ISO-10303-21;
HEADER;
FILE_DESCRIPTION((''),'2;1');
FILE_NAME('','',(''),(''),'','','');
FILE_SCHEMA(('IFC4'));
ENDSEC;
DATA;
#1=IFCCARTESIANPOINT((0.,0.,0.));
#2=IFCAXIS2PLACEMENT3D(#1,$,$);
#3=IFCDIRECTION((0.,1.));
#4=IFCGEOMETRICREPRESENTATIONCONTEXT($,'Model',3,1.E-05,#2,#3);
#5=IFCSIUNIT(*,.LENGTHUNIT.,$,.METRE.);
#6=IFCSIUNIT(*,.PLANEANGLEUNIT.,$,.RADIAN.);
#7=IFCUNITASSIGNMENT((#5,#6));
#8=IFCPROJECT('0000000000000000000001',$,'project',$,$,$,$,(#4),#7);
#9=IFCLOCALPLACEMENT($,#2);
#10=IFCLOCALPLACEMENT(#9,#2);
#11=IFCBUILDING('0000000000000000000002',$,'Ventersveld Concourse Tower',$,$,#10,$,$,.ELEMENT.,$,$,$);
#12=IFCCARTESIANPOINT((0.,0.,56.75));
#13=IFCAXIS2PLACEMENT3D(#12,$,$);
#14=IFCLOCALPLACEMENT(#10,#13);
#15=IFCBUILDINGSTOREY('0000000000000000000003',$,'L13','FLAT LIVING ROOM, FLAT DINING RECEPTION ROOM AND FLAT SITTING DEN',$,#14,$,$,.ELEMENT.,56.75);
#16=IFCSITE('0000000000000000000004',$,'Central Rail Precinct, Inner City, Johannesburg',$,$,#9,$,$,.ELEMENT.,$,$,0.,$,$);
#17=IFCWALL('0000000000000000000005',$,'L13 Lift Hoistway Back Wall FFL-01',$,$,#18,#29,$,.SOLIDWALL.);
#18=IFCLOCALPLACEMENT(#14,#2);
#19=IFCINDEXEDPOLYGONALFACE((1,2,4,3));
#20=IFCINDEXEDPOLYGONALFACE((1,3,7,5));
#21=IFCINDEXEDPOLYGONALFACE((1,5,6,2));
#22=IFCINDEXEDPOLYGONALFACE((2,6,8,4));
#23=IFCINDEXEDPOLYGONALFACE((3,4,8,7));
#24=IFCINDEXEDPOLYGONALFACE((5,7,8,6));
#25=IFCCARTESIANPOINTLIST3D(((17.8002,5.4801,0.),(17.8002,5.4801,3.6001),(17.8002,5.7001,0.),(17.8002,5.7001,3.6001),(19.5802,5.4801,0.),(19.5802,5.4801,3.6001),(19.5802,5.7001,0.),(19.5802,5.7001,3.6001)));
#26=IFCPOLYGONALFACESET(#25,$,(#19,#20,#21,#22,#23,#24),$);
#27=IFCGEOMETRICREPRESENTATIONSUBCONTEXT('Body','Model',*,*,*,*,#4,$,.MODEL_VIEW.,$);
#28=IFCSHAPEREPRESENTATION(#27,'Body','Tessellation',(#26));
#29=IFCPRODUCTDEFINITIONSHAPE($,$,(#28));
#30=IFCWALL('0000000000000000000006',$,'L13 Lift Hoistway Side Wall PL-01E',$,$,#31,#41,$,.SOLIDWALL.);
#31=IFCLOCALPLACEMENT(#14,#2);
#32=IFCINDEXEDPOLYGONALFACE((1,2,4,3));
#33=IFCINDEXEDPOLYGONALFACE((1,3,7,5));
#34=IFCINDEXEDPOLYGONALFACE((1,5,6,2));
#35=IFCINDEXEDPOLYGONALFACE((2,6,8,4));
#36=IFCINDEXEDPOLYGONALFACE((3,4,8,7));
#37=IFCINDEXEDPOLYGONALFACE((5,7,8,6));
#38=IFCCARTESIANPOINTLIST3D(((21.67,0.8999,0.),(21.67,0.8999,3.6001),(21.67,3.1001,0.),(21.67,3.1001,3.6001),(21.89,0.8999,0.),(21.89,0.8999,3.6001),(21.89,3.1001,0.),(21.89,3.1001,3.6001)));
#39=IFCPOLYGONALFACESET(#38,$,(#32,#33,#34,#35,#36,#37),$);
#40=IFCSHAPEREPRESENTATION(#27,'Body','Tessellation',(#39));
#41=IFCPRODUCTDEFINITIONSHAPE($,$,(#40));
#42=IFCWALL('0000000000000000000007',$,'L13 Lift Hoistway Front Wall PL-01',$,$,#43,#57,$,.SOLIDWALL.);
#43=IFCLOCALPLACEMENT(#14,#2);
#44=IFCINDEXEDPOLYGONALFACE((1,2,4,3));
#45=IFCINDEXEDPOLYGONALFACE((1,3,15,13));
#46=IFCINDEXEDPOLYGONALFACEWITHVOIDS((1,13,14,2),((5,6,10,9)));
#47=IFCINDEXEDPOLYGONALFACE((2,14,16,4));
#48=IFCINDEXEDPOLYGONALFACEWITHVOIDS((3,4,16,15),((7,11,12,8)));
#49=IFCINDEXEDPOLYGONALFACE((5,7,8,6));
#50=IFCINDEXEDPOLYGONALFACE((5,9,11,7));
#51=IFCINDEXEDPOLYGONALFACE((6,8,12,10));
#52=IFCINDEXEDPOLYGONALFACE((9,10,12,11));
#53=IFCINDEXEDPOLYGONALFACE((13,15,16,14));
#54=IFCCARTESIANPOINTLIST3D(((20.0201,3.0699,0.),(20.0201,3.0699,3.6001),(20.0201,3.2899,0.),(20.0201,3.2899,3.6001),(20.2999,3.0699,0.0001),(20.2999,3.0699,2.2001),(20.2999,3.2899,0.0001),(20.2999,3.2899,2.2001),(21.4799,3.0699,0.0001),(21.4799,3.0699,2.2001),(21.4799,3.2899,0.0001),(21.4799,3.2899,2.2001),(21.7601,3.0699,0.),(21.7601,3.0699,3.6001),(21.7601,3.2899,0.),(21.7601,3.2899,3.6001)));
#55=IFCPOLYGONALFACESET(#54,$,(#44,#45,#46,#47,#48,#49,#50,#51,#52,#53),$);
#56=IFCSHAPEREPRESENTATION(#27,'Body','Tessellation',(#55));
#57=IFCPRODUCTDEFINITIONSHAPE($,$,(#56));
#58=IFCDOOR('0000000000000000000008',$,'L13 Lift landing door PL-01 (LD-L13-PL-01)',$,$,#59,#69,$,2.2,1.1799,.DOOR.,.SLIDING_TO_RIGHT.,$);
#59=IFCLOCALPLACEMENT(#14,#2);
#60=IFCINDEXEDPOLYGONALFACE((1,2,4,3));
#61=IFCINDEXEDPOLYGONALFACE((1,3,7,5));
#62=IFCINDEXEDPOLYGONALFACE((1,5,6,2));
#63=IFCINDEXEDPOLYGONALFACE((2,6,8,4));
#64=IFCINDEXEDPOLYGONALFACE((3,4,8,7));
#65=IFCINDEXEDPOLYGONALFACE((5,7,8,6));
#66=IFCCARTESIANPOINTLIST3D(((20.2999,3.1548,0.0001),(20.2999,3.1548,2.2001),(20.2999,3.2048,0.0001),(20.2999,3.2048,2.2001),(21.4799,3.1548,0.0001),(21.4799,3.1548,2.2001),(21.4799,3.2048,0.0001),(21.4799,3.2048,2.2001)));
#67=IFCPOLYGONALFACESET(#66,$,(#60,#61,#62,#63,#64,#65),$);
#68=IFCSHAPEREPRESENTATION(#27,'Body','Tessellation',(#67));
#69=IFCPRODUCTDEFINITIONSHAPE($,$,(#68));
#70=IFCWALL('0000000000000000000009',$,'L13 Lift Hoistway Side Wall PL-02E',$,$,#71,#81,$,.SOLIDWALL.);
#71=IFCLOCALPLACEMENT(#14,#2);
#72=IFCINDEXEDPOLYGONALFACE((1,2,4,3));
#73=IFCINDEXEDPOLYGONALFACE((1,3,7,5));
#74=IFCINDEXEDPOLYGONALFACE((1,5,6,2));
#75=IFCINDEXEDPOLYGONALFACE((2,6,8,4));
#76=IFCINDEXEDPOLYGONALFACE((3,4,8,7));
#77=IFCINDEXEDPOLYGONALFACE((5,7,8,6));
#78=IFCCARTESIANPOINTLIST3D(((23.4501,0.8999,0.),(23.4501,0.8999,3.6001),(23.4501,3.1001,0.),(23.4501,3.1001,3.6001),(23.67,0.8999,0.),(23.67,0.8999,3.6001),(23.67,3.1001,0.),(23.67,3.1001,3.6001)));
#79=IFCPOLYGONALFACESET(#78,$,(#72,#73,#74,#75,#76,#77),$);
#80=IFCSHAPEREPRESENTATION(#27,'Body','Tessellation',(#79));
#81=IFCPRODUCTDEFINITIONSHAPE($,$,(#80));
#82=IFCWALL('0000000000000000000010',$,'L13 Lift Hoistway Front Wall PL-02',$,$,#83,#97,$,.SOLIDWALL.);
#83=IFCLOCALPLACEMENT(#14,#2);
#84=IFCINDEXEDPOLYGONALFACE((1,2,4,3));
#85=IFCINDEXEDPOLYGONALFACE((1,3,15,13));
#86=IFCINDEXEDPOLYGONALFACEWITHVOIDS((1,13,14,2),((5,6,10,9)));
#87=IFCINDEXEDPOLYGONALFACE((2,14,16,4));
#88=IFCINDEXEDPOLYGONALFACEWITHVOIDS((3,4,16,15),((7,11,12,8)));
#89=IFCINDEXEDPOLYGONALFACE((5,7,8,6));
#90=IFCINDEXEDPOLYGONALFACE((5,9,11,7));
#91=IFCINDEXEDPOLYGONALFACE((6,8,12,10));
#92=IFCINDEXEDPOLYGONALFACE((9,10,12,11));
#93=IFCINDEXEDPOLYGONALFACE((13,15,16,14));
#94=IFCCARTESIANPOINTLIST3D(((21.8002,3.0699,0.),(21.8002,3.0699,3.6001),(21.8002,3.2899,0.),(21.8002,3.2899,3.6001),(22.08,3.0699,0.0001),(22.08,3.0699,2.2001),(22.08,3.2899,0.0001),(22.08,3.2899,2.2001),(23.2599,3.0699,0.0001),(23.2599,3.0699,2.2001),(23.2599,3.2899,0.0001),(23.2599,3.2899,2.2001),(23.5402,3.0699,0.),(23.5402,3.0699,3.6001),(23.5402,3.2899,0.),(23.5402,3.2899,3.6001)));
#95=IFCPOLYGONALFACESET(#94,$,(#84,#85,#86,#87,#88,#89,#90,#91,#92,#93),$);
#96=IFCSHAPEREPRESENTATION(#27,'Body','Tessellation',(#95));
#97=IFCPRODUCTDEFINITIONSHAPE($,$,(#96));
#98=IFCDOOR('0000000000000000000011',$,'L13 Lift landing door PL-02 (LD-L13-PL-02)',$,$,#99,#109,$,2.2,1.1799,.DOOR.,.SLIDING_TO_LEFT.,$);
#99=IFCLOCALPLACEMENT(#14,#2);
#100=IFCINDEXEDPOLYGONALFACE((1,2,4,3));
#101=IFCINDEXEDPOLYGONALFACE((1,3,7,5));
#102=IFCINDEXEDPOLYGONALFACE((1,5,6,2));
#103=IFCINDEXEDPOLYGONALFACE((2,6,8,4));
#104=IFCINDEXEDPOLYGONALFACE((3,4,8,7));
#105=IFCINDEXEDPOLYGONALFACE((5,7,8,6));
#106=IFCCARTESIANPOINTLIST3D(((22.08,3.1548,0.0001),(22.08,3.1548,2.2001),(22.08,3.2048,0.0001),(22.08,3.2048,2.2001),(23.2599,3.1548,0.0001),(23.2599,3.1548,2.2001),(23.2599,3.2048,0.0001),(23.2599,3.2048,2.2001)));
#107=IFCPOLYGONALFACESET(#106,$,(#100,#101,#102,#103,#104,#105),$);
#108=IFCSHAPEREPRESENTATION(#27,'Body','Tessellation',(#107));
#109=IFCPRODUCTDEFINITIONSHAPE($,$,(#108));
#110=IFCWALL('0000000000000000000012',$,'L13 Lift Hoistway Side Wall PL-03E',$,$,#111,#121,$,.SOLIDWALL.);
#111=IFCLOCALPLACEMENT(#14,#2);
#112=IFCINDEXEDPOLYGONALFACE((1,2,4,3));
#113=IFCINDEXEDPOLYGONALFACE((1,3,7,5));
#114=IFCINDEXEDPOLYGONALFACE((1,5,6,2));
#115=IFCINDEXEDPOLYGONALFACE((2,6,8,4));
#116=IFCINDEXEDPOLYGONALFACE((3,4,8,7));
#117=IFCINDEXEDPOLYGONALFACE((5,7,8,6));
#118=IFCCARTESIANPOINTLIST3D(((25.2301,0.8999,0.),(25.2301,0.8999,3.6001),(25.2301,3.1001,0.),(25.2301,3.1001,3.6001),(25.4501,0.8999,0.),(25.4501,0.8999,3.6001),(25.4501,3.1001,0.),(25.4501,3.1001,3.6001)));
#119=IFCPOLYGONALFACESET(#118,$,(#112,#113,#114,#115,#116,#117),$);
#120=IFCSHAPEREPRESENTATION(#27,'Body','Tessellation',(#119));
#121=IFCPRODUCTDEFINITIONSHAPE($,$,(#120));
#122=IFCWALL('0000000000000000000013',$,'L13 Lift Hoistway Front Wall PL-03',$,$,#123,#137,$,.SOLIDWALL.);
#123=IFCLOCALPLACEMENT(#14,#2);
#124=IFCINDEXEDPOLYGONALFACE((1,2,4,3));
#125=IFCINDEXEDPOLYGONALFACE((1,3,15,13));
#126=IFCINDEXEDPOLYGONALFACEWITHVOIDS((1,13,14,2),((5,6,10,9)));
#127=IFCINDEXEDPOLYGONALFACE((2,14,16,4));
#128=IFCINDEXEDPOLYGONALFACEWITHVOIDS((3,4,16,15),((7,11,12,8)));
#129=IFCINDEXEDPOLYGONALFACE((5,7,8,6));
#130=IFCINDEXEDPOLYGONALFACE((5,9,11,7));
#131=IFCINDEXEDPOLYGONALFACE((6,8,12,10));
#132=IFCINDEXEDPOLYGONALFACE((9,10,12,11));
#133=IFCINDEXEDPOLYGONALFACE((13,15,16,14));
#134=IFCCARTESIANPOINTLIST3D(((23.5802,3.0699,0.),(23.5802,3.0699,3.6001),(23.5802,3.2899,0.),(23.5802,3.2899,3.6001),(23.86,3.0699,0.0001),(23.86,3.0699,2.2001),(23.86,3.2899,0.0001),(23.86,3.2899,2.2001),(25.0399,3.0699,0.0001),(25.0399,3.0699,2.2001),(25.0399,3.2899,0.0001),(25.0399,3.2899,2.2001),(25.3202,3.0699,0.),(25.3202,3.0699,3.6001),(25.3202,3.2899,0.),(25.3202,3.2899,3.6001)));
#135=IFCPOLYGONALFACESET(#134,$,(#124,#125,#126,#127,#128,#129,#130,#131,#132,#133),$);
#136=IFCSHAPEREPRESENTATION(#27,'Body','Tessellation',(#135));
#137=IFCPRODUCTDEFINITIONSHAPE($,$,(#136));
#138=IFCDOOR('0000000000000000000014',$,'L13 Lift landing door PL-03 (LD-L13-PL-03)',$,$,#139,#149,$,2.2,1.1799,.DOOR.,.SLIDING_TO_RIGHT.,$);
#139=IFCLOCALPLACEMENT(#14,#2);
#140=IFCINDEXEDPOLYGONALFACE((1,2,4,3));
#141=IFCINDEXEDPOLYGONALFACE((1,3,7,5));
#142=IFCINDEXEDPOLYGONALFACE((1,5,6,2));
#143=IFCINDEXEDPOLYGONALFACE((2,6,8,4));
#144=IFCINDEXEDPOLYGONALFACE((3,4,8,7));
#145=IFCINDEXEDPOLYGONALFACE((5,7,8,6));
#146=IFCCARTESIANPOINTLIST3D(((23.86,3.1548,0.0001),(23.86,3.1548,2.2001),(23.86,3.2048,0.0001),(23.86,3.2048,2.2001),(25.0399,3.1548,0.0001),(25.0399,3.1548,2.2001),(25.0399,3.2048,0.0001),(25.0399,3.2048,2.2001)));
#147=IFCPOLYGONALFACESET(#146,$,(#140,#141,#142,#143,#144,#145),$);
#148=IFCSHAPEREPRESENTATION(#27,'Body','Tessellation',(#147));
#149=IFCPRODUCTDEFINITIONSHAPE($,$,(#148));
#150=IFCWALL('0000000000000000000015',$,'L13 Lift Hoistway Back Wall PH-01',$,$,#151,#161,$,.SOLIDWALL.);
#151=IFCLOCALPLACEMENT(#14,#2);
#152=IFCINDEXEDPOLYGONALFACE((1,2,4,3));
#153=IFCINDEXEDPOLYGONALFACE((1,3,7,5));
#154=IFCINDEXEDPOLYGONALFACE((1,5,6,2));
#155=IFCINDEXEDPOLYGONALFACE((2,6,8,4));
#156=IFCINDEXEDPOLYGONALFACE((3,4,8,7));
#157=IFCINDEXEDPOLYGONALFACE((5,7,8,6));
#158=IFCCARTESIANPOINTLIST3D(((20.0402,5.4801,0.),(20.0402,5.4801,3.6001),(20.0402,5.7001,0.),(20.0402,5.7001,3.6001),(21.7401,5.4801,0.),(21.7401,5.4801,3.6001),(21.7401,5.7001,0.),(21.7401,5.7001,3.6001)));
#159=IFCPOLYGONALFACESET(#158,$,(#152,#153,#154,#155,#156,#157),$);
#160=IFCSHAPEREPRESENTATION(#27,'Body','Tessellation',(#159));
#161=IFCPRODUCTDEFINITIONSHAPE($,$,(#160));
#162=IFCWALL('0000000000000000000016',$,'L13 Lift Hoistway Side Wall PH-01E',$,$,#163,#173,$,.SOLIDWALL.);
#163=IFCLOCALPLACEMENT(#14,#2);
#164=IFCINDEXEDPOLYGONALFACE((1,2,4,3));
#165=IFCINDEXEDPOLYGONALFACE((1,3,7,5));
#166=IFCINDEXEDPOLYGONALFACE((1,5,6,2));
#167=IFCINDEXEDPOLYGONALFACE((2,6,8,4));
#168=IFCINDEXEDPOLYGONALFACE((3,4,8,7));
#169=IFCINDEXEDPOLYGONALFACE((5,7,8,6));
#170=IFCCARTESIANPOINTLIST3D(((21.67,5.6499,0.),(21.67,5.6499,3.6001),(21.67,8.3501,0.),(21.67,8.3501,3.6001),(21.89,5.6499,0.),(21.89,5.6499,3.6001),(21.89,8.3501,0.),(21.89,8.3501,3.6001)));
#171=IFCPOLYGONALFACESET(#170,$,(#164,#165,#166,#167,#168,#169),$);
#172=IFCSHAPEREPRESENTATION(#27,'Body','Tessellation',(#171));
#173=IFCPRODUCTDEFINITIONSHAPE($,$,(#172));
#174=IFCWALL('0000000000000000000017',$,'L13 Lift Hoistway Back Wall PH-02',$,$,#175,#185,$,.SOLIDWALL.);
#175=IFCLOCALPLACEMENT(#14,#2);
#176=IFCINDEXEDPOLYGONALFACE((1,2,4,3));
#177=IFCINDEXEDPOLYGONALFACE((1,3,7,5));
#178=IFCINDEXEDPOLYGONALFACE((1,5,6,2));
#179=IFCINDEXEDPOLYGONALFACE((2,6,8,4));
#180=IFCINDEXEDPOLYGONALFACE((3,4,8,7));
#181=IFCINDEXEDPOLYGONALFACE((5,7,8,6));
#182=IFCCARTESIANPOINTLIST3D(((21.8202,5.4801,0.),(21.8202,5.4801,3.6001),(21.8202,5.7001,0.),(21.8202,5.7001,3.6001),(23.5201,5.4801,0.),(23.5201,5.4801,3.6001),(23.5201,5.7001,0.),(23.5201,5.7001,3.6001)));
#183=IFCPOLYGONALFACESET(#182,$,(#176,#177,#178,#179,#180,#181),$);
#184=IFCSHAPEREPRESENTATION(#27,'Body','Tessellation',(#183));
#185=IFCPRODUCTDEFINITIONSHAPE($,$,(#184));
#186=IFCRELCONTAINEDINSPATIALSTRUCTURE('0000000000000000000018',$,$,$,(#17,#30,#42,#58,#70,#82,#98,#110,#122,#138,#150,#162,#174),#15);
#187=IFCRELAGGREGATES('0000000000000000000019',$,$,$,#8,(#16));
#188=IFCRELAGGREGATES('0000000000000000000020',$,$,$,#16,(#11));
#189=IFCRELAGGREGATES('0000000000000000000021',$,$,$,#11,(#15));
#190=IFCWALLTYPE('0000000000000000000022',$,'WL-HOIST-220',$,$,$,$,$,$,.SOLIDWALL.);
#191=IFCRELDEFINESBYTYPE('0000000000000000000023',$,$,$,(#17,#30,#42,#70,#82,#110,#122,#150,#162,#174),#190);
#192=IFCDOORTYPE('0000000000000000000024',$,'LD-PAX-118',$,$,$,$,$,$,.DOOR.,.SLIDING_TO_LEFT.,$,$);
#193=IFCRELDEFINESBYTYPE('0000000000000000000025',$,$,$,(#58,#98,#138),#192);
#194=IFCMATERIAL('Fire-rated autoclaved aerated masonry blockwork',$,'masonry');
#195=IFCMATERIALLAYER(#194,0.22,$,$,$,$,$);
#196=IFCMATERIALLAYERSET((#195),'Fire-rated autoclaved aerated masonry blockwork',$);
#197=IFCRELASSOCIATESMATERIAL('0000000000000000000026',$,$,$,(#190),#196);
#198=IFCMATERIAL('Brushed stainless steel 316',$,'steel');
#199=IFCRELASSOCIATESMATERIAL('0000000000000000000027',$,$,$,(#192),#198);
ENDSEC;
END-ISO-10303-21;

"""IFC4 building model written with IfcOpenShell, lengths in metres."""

from ifc_helpers import new_model, si_unit, direction, frame, frame_2d, origin, place, context, subcontext, project, spatial, rectangle, extrude, material, layer, layer_set, type_object, element, fill, save


model = new_model("IFC4")

# Units and contexts
model_context = context("Model", 3, precision=1e-05, world=origin(), true_north=direction((0.0, 1.0)))
body_context = subcontext(model_context, "Body", "Model", "MODEL_VIEW")
ifc_project = project(units=[si_unit("LENGTHUNIT", "METRE"), si_unit("PLANEANGLEUNIT", "RADIAN")], contexts=[model_context])

# Site, building, storey
site_placement = place(None, origin())
site = spatial("IfcSite", under=ifc_project, at=site_placement, Name="Central Rail Precinct, Inner City, Johannesburg", CompositionType="ELEMENT", RefElevation=0.0)
building_placement = place(site_placement, origin())
building = spatial("IfcBuilding", under=site, at=building_placement, Name="Ventersveld Concourse Tower", CompositionType="ELEMENT")
storey_placement = place(building_placement, frame((0.0, 0.0, 56.75)))
storey = spatial("IfcBuildingStorey", under=building, at=storey_placement, Name="L13", Description="FLAT LIVING ROOM, FLAT DINING RECEPTION ROOM AND FLAT SITTING DEN", CompositionType="ELEMENT", Elevation=56.75)

# Walls
ifc_material_1 = material(Name="Fire-rated autoclaved aerated masonry blockwork", Category="masonry")
ifc_layer_1 = layer(ifc_material_1, 0.22)
ifc_layer_set_1 = layer_set([ifc_layer_1], Name="Fire-rated autoclaved aerated masonry blockwork")
wall_type_1 = type_object("IfcWallType", Name="WL-HOIST-220", PredefinedType="SOLIDWALL", material=ifc_layer_set_1)
wall_1_placement = place(storey_placement, frame((17.8, 5.5901, 0.0), z_axis=(0.0, 0.0, 1.0), x_axis=(1.0, 0.0, 0.0)))
element("IfcWall", 1, at=wall_1_placement, inside=storey, type_object=wall_type_1, Name="L13 Lift Hoistway Back Wall FFL-01", PredefinedType="SOLIDWALL", context=body_context, shape_type="SweptSolid", body=[
    extrude(rectangle(XDim=1.78, YDim=0.22, at=frame_2d((0.8901, 0.0))), origin(), (0.0, 0.0, 1.0), 3.6001),
])
wall_2_placement = place(storey_placement, frame((21.78, 0.8999, 0.0), z_axis=(0.0, 0.0, 1.0), x_axis=(0.0, 1.0, 0.0)))
element("IfcWall", 2, at=wall_2_placement, inside=storey, type_object=wall_type_1, Name="L13 Lift Hoistway Side Wall PL-01E", PredefinedType="SOLIDWALL", context=body_context, shape_type="SweptSolid", body=[
    extrude(rectangle(XDim=2.2002, YDim=0.22, at=frame_2d((1.1001, 0.0))), origin(), (0.0, 0.0, 1.0), 3.6001),
])

# Wall, opening, door
wall_3_placement = place(storey_placement, frame((20.02, 3.1799, 0.0), z_axis=(0.0, 0.0, 1.0), x_axis=(1.0, 0.0, 0.0)))
wall_3 = element("IfcWall", 3, at=wall_3_placement, inside=storey, type_object=wall_type_1, Name="L13 Lift Hoistway Front Wall PL-01", PredefinedType="SOLIDWALL", context=body_context, shape_type="SweptSolid", body=[
    extrude(rectangle(XDim=1.74, YDim=0.22, at=frame_2d((0.8701, 0.0))), origin(), (0.0, 0.0, 1.0), 3.6001),
])
opening_1_placement = place(wall_3_placement, frame((0.28, 0.0, 0.0)))
opening_1 = element("IfcOpeningElement", 4, at=opening_1_placement, cuts=wall_3, PredefinedType="OPENING", context=body_context, shape_type="SweptSolid", body=[
    extrude(rectangle(XDim=1.1799, YDim=2.2, at=frame_2d((0.5898, 1.1001))), frame((0.0, 0.1201, 0.0), z_axis=(0.0, -1.0, 0.0), x_axis=(1.0, 0.0, 0.0)), (0.0, 0.0, 1.0), 0.24),
])
ifc_material_2 = material(Name="Brushed stainless steel 316", Category="steel")
door_type = type_object("IfcDoorType", Name="LD-PAX-118", OperationType="SLIDING_TO_LEFT", PredefinedType="DOOR", material=ifc_material_2)
door_1_placement = place(opening_1_placement, origin())
door_1 = element("IfcDoor", 5, at=door_1_placement, inside=storey, type_object=door_type, Name="L13 Lift landing door PL-01 (LD-L13-PL-01)", OperationType="SLIDING_TO_RIGHT", OverallHeight=2.2, OverallWidth=1.1799, PredefinedType="DOOR", context=body_context, shape_type="SweptSolid", body=[
    extrude(rectangle(XDim=1.1799, YDim=2.2, at=frame_2d((0.5898, 1.1001))), frame((0.0, 0.0249, 0.0), z_axis=(0.0, -1.0, 0.0), x_axis=(1.0, 0.0, 0.0)), (0.0, 0.0, 1.0), 0.05),
])
fill(opening_1, door_1)

# Wall
wall_4_placement = place(storey_placement, frame((23.5601, 0.8999, 0.0), z_axis=(0.0, 0.0, 1.0), x_axis=(0.0, 1.0, 0.0)))
element("IfcWall", 6, at=wall_4_placement, inside=storey, type_object=wall_type_1, Name="L13 Lift Hoistway Side Wall PL-02E", PredefinedType="SOLIDWALL", context=body_context, shape_type="SweptSolid", body=[
    extrude(rectangle(XDim=2.2002, YDim=0.22, at=frame_2d((1.1001, 0.0))), origin(), (0.0, 0.0, 1.0), 3.6001),
])

# Wall, opening, door
wall_5_placement = place(storey_placement, frame((21.8, 3.1799, 0.0), z_axis=(0.0, 0.0, 1.0), x_axis=(1.0, 0.0, 0.0)))
wall_5 = element("IfcWall", 7, at=wall_5_placement, inside=storey, type_object=wall_type_1, Name="L13 Lift Hoistway Front Wall PL-02", PredefinedType="SOLIDWALL", context=body_context, shape_type="SweptSolid", body=[
    extrude(rectangle(XDim=1.74, YDim=0.22, at=frame_2d((0.8701, 0.0))), origin(), (0.0, 0.0, 1.0), 3.6001),
])
opening_2_placement = place(wall_5_placement, frame((0.28, 0.0, 0.0)))
opening_2 = element("IfcOpeningElement", 8, at=opening_2_placement, cuts=wall_5, PredefinedType="OPENING", context=body_context, shape_type="SweptSolid", body=[
    extrude(rectangle(XDim=1.1799, YDim=2.2, at=frame_2d((0.5898, 1.1001))), frame((0.0, 0.1201, 0.0), z_axis=(0.0, -1.0, 0.0), x_axis=(1.0, 0.0, 0.0)), (0.0, 0.0, 1.0), 0.24),
])
door_2_placement = place(opening_2_placement, origin())
door_2 = element("IfcDoor", 9, at=door_2_placement, inside=storey, type_object=door_type, Name="L13 Lift landing door PL-02 (LD-L13-PL-02)", OperationType="SLIDING_TO_LEFT", OverallHeight=2.2, OverallWidth=1.1799, PredefinedType="DOOR", context=body_context, shape_type="SweptSolid", body=[
    extrude(rectangle(XDim=1.1799, YDim=2.2, at=frame_2d((0.5898, 1.1001))), frame((0.0, 0.0249, 0.0), z_axis=(0.0, -1.0, 0.0), x_axis=(1.0, 0.0, 0.0)), (0.0, 0.0, 1.0), 0.05),
])
fill(opening_2, door_2)

# Wall
wall_6_placement = place(storey_placement, frame((25.3401, 0.8999, 0.0), z_axis=(0.0, 0.0, 1.0), x_axis=(0.0, 1.0, 0.0)))
element("IfcWall", 10, at=wall_6_placement, inside=storey, type_object=wall_type_1, Name="L13 Lift Hoistway Side Wall PL-03E", PredefinedType="SOLIDWALL", context=body_context, shape_type="SweptSolid", body=[
    extrude(rectangle(XDim=2.2002, YDim=0.22, at=frame_2d((1.1001, 0.0))), origin(), (0.0, 0.0, 1.0), 3.6001),
])

# Wall, opening, door
wall_7_placement = place(storey_placement, frame((23.5801, 3.1799, 0.0), z_axis=(0.0, 0.0, 1.0), x_axis=(1.0, 0.0, 0.0)))
wall_7 = element("IfcWall", 11, at=wall_7_placement, inside=storey, type_object=wall_type_1, Name="L13 Lift Hoistway Front Wall PL-03", PredefinedType="SOLIDWALL", context=body_context, shape_type="SweptSolid", body=[
    extrude(rectangle(XDim=1.74, YDim=0.22, at=frame_2d((0.8701, 0.0))), origin(), (0.0, 0.0, 1.0), 3.6001),
])
opening_3_placement = place(wall_7_placement, frame((0.28, 0.0, 0.0)))
opening_3 = element("IfcOpeningElement", 12, at=opening_3_placement, cuts=wall_7, PredefinedType="OPENING", context=body_context, shape_type="SweptSolid", body=[
    extrude(rectangle(XDim=1.1799, YDim=2.2, at=frame_2d((0.5898, 1.1001))), frame((0.0, 0.1201, 0.0), z_axis=(0.0, -1.0, 0.0), x_axis=(1.0, 0.0, 0.0)), (0.0, 0.0, 1.0), 0.24),
])
door_3_placement = place(opening_3_placement, origin())
door_3 = element("IfcDoor", 13, at=door_3_placement, inside=storey, type_object=door_type, Name="L13 Lift landing door PL-03 (LD-L13-PL-03)", OperationType="SLIDING_TO_RIGHT", OverallHeight=2.2, OverallWidth=1.1799, PredefinedType="DOOR", context=body_context, shape_type="SweptSolid", body=[
    extrude(rectangle(XDim=1.1799, YDim=2.2, at=frame_2d((0.5898, 1.1001))), frame((0.0, 0.0249, 0.0), z_axis=(0.0, -1.0, 0.0), x_axis=(1.0, 0.0, 0.0)), (0.0, 0.0, 1.0), 0.05),
])
fill(opening_3, door_3)

# Walls
wall_8_placement = place(storey_placement, frame((20.04, 5.5901, 0.0), z_axis=(0.0, 0.0, 1.0), x_axis=(1.0, 0.0, 0.0)))
element("IfcWall", 14, at=wall_8_placement, inside=storey, type_object=wall_type_1, Name="L13 Lift Hoistway Back Wall PH-01", PredefinedType="SOLIDWALL", context=body_context, shape_type="SweptSolid", body=[
    extrude(rectangle(XDim=1.7, YDim=0.22, at=frame_2d((0.8501, 0.0))), origin(), (0.0, 0.0, 1.0), 3.6001),
])
wall_9_placement = place(storey_placement, frame((21.78, 5.6499, 0.0), z_axis=(0.0, 0.0, 1.0), x_axis=(0.0, 1.0, 0.0)))
element("IfcWall", 15, at=wall_9_placement, inside=storey, type_object=wall_type_1, Name="L13 Lift Hoistway Side Wall PH-01E", PredefinedType="SOLIDWALL", context=body_context, shape_type="SweptSolid", body=[
    extrude(rectangle(XDim=2.7002, YDim=0.22, at=frame_2d((1.3501, 0.0))), origin(), (0.0, 0.0, 1.0), 3.6001),
])
for number, where, z_axis, x_axis, name in (
    (16, (21.8201, 5.5901, 0.0), (0.0, 0.0, 1.0), (1.0, 0.0, 0.0), "L13 Lift Hoistway Back Wall PH-02"),
):
    element("IfcWall", number, at=place(storey_placement, frame(where, z_axis=z_axis, x_axis=x_axis)), inside=storey, type_object=wall_type_1, Name=name, PredefinedType="SOLIDWALL", context=body_context, shape_type="SweptSolid", body=[
        extrude(rectangle(XDim=1.7, YDim=0.22, at=frame_2d((0.8501, 0.0))), origin(), (0.0, 0.0, 1.0), 3.6001),
    ])

save(model, "model.ifc")
